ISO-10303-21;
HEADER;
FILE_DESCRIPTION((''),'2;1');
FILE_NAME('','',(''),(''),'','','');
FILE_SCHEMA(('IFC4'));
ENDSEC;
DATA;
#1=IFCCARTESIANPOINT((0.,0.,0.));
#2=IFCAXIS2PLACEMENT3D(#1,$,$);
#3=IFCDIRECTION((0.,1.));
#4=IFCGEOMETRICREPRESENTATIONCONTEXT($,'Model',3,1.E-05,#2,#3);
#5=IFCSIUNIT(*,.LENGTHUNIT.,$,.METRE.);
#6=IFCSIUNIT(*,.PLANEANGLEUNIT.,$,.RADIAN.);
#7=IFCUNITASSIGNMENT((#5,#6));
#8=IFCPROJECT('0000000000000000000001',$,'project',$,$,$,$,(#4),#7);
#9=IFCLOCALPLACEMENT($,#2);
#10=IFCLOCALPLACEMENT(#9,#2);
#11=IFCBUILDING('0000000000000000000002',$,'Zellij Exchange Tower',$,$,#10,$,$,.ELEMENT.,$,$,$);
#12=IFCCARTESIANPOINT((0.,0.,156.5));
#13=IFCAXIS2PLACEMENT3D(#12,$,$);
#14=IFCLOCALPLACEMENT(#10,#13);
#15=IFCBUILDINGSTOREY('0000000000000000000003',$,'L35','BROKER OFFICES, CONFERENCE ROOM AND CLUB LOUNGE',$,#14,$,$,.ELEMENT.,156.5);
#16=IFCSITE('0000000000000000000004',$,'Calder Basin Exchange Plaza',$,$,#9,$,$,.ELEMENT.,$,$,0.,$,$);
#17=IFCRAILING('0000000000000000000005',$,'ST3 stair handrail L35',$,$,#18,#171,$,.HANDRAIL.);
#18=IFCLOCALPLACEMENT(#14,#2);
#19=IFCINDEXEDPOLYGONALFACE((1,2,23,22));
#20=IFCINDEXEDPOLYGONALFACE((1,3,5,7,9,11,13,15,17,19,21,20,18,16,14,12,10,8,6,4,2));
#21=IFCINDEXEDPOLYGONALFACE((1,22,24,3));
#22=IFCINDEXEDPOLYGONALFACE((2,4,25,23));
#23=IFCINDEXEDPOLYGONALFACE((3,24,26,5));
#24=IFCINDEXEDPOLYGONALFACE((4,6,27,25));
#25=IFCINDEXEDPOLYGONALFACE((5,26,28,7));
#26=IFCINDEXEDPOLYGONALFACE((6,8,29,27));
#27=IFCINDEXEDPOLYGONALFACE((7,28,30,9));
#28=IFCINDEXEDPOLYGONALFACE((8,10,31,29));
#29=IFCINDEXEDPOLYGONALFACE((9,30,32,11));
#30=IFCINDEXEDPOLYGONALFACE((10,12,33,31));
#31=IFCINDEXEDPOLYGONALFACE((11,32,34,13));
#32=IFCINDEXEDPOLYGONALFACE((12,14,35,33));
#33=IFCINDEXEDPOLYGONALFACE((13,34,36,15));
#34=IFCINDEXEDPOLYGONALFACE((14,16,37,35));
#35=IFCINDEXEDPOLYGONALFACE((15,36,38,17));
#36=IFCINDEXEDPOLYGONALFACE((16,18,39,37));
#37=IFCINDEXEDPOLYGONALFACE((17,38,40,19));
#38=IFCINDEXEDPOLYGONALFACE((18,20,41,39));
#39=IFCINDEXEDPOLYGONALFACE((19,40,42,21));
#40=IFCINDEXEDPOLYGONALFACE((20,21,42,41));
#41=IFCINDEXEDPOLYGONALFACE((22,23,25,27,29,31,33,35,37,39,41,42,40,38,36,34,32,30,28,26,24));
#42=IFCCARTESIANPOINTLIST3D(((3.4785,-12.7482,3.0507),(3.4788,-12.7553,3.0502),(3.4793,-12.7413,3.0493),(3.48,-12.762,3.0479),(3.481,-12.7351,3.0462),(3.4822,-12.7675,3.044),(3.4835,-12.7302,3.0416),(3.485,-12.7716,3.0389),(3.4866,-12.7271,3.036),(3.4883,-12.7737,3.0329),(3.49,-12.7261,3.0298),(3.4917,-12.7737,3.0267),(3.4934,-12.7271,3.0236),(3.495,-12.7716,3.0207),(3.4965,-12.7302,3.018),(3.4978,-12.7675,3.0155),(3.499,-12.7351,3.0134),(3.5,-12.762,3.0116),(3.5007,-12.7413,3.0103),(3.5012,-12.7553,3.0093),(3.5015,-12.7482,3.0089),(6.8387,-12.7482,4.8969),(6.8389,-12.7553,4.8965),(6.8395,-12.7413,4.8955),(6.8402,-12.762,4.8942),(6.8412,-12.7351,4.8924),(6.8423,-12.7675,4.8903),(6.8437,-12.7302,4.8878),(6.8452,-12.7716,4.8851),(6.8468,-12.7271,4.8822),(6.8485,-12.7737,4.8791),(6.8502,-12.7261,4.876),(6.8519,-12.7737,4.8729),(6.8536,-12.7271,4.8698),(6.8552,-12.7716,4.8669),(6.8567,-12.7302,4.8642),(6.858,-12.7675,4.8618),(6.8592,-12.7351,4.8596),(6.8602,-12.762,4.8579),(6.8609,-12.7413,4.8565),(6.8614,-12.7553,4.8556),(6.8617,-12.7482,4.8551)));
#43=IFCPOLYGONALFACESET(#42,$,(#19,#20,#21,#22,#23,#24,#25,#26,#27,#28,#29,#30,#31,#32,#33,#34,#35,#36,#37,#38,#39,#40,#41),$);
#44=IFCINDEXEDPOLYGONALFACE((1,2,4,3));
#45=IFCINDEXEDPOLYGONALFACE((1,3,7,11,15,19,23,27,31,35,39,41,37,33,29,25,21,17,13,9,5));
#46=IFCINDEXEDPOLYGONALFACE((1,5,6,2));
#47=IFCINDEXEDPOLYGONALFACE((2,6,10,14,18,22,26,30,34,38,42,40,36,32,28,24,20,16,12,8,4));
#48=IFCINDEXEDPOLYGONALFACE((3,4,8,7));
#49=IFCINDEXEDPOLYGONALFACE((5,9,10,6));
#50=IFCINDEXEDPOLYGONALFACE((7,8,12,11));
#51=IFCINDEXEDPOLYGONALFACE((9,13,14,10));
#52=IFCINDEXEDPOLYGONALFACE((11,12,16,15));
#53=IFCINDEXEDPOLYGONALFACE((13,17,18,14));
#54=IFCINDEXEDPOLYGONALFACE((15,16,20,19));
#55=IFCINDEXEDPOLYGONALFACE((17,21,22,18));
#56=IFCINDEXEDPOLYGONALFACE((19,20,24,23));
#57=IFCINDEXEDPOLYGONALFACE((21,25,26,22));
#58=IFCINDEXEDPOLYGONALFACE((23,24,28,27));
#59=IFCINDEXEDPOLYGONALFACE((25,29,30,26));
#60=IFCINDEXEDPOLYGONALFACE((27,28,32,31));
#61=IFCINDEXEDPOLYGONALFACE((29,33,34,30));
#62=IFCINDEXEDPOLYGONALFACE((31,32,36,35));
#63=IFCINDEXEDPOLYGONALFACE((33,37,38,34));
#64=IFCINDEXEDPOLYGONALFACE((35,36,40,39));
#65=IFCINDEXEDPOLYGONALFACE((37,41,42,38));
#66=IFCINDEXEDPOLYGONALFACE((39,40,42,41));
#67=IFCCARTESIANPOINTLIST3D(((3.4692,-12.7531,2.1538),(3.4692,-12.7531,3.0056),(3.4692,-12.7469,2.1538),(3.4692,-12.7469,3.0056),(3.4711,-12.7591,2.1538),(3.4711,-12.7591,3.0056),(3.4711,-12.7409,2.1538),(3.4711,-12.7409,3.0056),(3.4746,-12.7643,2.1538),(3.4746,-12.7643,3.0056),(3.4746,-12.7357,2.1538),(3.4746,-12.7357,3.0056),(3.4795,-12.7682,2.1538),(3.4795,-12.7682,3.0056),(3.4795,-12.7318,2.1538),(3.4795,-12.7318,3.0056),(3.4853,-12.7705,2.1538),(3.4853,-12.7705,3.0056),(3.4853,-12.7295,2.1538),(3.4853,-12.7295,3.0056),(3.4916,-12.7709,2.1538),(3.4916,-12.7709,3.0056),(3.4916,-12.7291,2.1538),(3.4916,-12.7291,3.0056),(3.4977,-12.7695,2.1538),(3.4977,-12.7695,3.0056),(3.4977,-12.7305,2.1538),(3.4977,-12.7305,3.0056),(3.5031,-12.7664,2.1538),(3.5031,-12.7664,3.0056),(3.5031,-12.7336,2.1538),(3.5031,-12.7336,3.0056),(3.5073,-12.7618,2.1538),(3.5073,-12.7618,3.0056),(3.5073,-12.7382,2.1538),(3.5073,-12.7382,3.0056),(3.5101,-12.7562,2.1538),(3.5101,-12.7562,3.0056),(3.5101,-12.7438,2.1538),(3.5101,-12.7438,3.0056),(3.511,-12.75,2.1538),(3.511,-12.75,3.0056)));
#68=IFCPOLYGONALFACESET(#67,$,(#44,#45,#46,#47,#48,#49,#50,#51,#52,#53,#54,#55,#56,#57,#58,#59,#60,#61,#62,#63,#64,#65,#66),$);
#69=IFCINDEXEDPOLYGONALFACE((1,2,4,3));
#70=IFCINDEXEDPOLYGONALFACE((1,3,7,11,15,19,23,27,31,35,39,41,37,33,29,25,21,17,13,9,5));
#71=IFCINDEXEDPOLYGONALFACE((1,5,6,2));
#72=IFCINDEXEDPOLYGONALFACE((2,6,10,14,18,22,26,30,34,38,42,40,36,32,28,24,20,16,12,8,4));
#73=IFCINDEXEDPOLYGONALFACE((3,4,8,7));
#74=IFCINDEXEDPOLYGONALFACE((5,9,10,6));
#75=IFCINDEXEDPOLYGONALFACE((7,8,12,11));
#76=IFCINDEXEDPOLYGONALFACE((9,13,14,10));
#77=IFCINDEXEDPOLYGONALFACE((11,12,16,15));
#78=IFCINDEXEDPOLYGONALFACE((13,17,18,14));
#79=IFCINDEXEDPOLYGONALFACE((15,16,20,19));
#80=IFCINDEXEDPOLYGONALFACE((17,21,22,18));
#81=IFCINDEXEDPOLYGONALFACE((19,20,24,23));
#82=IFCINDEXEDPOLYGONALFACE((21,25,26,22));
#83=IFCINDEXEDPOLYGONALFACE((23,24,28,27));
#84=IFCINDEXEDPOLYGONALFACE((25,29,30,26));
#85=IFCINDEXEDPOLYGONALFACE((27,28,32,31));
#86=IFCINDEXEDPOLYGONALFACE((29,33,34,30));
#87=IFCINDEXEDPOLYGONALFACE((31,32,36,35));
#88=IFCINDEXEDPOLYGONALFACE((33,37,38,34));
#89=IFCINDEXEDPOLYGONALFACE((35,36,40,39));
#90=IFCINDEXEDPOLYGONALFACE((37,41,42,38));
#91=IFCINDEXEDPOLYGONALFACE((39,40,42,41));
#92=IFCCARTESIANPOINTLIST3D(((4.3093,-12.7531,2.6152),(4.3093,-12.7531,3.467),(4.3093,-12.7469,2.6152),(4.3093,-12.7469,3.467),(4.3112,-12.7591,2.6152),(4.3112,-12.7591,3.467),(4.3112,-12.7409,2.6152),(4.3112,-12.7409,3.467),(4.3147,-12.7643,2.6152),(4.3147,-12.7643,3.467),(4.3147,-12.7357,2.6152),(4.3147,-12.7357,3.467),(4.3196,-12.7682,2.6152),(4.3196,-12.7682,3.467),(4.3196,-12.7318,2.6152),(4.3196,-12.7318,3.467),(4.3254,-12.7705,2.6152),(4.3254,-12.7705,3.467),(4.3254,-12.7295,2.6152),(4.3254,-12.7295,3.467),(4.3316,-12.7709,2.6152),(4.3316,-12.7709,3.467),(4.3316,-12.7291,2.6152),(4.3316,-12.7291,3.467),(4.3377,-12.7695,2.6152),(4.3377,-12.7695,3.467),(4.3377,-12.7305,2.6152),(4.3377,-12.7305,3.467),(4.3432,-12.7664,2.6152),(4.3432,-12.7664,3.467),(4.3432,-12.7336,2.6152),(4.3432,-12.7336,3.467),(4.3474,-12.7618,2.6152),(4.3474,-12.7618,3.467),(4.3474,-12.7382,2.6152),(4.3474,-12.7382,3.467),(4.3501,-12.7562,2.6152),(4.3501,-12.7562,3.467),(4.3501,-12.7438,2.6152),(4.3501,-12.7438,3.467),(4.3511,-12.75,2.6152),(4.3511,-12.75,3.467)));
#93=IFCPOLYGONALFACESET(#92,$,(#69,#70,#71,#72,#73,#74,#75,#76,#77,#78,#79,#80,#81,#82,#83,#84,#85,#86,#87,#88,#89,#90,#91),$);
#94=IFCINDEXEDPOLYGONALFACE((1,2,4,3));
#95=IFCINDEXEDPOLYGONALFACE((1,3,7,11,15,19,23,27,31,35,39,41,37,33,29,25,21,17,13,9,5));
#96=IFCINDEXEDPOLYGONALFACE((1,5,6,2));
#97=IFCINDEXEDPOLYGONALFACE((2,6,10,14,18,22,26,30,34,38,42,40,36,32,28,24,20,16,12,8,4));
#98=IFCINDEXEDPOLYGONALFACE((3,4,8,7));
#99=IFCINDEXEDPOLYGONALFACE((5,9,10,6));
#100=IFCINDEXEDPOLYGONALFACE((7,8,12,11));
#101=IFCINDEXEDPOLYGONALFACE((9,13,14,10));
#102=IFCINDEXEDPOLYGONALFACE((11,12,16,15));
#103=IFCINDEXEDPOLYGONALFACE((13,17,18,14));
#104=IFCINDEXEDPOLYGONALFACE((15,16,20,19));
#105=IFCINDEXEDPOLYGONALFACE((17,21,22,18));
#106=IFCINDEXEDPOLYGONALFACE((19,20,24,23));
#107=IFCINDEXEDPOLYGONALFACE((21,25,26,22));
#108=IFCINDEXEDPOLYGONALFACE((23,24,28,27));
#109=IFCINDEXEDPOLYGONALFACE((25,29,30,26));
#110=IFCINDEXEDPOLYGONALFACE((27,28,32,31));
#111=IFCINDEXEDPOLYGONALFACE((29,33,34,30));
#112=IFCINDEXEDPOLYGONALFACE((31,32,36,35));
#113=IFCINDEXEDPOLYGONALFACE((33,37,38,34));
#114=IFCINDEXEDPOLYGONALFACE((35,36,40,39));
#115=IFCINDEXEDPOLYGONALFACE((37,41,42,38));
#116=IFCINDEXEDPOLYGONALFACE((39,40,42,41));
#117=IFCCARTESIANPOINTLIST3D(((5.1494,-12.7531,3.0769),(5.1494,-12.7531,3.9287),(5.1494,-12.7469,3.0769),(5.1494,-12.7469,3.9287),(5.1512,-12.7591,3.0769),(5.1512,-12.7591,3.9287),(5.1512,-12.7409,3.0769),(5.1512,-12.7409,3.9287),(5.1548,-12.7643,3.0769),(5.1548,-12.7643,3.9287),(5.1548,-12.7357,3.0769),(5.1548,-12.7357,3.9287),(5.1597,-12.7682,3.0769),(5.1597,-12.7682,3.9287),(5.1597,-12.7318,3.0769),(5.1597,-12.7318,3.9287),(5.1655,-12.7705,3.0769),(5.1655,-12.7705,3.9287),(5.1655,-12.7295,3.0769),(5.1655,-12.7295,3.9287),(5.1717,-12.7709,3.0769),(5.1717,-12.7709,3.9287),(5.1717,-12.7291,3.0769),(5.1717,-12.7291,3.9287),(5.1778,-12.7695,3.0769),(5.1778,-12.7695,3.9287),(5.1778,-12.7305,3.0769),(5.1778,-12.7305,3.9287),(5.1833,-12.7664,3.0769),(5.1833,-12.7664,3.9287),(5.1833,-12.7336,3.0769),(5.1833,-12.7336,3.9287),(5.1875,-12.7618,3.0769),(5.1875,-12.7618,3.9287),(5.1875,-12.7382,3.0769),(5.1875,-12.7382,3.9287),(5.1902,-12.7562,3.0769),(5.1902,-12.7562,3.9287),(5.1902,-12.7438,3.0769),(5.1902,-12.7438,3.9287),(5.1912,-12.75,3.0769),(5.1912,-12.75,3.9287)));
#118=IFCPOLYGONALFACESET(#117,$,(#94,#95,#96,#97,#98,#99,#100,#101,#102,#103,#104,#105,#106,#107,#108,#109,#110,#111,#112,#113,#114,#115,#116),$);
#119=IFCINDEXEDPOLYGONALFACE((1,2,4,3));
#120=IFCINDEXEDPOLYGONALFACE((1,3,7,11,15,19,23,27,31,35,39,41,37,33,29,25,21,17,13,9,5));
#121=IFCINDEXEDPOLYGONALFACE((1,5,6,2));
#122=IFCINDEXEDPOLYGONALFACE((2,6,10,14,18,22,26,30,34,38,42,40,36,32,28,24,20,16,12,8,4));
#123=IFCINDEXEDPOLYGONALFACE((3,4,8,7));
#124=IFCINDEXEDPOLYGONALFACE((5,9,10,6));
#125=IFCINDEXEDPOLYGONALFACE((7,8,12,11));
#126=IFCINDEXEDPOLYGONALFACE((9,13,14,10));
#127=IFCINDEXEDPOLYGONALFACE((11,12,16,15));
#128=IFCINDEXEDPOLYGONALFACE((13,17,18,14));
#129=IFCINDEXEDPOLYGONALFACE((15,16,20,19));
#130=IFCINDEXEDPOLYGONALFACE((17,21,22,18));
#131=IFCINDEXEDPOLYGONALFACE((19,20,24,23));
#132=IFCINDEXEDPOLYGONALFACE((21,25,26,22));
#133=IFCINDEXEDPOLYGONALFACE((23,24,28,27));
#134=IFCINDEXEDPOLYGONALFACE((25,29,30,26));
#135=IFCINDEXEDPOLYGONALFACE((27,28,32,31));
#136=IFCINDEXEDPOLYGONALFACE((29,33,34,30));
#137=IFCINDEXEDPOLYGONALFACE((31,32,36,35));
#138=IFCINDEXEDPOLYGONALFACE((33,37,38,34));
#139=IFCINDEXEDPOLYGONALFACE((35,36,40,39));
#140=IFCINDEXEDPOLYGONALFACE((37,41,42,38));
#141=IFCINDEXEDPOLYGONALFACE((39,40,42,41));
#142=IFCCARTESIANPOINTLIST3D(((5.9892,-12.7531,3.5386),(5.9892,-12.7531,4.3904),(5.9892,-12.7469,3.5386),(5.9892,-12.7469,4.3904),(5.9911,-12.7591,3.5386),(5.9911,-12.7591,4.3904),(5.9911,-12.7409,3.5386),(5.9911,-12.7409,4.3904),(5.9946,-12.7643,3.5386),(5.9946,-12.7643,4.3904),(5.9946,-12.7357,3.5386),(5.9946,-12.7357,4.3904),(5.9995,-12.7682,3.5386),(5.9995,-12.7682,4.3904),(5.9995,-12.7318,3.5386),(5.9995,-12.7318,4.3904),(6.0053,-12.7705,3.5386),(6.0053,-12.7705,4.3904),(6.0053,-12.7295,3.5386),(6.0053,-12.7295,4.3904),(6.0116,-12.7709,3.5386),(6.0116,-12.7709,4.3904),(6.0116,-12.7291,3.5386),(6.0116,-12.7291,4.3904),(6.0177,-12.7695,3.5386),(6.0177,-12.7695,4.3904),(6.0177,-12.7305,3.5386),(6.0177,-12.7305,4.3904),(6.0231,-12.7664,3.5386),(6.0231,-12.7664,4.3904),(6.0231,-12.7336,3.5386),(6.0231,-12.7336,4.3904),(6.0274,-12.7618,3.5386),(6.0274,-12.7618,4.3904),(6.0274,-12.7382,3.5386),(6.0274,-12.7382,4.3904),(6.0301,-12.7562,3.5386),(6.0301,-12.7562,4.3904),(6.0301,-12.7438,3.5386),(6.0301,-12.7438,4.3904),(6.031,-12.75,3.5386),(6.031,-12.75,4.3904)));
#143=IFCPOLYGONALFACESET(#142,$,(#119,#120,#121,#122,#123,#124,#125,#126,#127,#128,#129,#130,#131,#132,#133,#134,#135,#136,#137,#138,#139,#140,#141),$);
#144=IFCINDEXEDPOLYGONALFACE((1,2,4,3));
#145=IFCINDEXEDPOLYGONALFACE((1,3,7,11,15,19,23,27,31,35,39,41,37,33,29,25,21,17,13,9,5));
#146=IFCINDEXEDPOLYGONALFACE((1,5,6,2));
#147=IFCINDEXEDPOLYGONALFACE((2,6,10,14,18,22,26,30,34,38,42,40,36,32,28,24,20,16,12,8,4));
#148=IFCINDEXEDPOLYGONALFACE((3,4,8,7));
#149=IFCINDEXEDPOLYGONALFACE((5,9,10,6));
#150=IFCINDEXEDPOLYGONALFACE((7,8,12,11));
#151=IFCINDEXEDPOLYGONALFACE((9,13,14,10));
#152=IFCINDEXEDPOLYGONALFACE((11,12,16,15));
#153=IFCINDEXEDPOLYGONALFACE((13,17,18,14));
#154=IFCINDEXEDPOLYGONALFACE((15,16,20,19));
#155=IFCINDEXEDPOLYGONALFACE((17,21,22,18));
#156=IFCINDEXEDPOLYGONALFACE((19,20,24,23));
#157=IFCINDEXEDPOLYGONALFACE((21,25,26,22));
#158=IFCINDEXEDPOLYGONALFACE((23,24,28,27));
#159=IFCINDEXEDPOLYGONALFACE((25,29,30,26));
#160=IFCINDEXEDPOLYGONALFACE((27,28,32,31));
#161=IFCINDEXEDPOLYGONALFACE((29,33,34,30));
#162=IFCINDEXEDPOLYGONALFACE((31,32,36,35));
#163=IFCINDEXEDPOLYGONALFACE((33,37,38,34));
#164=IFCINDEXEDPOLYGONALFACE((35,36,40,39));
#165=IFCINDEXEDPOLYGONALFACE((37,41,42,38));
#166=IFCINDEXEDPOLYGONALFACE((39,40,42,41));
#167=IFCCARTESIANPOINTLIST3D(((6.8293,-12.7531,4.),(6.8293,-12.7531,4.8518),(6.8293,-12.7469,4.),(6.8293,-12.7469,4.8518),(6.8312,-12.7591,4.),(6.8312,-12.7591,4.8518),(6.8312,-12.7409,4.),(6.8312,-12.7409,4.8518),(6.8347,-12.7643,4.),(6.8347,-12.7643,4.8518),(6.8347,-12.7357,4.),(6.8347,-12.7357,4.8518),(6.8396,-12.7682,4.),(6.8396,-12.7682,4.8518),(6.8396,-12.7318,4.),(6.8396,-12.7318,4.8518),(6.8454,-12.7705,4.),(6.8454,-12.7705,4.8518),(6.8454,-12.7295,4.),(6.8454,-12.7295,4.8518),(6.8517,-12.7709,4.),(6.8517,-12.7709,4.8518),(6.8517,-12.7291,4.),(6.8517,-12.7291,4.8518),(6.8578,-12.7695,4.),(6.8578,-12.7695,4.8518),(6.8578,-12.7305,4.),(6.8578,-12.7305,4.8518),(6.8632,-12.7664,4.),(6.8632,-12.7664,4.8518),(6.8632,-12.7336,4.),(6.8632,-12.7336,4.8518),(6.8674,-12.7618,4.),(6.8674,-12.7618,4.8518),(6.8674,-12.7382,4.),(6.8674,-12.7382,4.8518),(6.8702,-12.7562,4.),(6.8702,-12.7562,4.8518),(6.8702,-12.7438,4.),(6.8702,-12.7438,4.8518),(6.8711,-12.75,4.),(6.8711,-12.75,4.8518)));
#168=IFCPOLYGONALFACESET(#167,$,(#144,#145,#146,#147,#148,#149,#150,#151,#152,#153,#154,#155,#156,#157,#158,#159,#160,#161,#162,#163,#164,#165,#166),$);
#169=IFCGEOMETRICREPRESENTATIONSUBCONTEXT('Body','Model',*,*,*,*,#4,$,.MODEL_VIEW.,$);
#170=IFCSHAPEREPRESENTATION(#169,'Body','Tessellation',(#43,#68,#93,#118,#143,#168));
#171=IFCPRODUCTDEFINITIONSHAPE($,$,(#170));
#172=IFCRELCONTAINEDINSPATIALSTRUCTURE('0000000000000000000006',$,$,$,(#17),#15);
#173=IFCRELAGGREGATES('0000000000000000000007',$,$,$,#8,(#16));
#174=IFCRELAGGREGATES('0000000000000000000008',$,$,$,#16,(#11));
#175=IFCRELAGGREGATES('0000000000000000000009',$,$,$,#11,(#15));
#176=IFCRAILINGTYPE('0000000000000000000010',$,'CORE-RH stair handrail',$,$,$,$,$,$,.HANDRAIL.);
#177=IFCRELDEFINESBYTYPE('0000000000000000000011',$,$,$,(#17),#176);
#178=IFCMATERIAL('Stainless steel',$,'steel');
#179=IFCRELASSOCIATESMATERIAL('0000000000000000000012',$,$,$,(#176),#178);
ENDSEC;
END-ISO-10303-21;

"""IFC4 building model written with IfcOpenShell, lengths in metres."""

from ifc_helpers import new_model, si_unit, direction, frame, origin, origin_2d, place, context, subcontext, project, spatial, circle, extrude, material, type_object, element, save


model = new_model("IFC4")

# Units and contexts
model_context = context("Model", 3, precision=1e-05, world=origin(), true_north=direction((0.0, 1.0)))
body_context = subcontext(model_context, "Body", "Model", "MODEL_VIEW")
ifc_project = project(units=[si_unit("LENGTHUNIT", "METRE"), si_unit("PLANEANGLEUNIT", "RADIAN")], contexts=[model_context])

# Site, building, storey
site_placement = place(None, origin())
site = spatial("IfcSite", under=ifc_project, at=site_placement, Name="Calder Basin Exchange Plaza", CompositionType="ELEMENT", RefElevation=0.0)
building_placement = place(site_placement, origin())
building = spatial("IfcBuilding", under=site, at=building_placement, Name="Zellij Exchange Tower", CompositionType="ELEMENT")
storey_placement = place(building_placement, frame((0.0, 0.0, 156.5)))
storey = spatial("IfcBuildingStorey", under=building, at=storey_placement, Name="L35", Description="BROKER OFFICES, CONFERENCE ROOM AND CLUB LOUNGE", CompositionType="ELEMENT", Elevation=156.5)

# Railing
ifc_material_1 = material(Name="Stainless steel", Category="steel")
railing_type_1 = type_object("IfcRailingType", Name="CORE-RH stair handrail", PredefinedType="HANDRAIL", material=ifc_material_1)
railing_1_placement = place(storey_placement, frame((3.49, -12.75, 2.1538)))
element("IfcRailing", 1, at=railing_1_placement, inside=storey, type_object=railing_type_1, Name="ST3 stair handrail L35", PredefinedType="HANDRAIL", context=body_context, shape_type="SweptSolid", body=[
    extrude(circle(Radius=0.0239, at=origin_2d()), frame((0.0, 0.0, 0.876), z_axis=(0.876422, 0.0, 0.481545), x_axis=(0.0, 1.0, 0.0)), (0.0, 0.0, 1.0), 3.834),
    extrude(circle(Radius=0.021, at=origin_2d()), origin(), (0.0, 0.0, 1.0), 0.8518),
    extrude(circle(Radius=0.021, at=origin_2d()), frame((0.8401, 0.0, 0.4614)), (0.0, 0.0, 1.0), 0.8518),
    extrude(circle(Radius=0.021, at=origin_2d()), frame((1.6802, 0.0, 0.9231)), (0.0, 0.0, 1.0), 0.8518),
    extrude(circle(Radius=0.021, at=origin_2d()), frame((2.52, 0.0, 1.3848)), (0.0, 0.0, 1.0), 0.8518),
    extrude(circle(Radius=0.021, at=origin_2d()), frame((3.3601, 0.0, 1.8462)), (0.0, 0.0, 1.0), 0.8518),
])

save(model, "model.ifc")
